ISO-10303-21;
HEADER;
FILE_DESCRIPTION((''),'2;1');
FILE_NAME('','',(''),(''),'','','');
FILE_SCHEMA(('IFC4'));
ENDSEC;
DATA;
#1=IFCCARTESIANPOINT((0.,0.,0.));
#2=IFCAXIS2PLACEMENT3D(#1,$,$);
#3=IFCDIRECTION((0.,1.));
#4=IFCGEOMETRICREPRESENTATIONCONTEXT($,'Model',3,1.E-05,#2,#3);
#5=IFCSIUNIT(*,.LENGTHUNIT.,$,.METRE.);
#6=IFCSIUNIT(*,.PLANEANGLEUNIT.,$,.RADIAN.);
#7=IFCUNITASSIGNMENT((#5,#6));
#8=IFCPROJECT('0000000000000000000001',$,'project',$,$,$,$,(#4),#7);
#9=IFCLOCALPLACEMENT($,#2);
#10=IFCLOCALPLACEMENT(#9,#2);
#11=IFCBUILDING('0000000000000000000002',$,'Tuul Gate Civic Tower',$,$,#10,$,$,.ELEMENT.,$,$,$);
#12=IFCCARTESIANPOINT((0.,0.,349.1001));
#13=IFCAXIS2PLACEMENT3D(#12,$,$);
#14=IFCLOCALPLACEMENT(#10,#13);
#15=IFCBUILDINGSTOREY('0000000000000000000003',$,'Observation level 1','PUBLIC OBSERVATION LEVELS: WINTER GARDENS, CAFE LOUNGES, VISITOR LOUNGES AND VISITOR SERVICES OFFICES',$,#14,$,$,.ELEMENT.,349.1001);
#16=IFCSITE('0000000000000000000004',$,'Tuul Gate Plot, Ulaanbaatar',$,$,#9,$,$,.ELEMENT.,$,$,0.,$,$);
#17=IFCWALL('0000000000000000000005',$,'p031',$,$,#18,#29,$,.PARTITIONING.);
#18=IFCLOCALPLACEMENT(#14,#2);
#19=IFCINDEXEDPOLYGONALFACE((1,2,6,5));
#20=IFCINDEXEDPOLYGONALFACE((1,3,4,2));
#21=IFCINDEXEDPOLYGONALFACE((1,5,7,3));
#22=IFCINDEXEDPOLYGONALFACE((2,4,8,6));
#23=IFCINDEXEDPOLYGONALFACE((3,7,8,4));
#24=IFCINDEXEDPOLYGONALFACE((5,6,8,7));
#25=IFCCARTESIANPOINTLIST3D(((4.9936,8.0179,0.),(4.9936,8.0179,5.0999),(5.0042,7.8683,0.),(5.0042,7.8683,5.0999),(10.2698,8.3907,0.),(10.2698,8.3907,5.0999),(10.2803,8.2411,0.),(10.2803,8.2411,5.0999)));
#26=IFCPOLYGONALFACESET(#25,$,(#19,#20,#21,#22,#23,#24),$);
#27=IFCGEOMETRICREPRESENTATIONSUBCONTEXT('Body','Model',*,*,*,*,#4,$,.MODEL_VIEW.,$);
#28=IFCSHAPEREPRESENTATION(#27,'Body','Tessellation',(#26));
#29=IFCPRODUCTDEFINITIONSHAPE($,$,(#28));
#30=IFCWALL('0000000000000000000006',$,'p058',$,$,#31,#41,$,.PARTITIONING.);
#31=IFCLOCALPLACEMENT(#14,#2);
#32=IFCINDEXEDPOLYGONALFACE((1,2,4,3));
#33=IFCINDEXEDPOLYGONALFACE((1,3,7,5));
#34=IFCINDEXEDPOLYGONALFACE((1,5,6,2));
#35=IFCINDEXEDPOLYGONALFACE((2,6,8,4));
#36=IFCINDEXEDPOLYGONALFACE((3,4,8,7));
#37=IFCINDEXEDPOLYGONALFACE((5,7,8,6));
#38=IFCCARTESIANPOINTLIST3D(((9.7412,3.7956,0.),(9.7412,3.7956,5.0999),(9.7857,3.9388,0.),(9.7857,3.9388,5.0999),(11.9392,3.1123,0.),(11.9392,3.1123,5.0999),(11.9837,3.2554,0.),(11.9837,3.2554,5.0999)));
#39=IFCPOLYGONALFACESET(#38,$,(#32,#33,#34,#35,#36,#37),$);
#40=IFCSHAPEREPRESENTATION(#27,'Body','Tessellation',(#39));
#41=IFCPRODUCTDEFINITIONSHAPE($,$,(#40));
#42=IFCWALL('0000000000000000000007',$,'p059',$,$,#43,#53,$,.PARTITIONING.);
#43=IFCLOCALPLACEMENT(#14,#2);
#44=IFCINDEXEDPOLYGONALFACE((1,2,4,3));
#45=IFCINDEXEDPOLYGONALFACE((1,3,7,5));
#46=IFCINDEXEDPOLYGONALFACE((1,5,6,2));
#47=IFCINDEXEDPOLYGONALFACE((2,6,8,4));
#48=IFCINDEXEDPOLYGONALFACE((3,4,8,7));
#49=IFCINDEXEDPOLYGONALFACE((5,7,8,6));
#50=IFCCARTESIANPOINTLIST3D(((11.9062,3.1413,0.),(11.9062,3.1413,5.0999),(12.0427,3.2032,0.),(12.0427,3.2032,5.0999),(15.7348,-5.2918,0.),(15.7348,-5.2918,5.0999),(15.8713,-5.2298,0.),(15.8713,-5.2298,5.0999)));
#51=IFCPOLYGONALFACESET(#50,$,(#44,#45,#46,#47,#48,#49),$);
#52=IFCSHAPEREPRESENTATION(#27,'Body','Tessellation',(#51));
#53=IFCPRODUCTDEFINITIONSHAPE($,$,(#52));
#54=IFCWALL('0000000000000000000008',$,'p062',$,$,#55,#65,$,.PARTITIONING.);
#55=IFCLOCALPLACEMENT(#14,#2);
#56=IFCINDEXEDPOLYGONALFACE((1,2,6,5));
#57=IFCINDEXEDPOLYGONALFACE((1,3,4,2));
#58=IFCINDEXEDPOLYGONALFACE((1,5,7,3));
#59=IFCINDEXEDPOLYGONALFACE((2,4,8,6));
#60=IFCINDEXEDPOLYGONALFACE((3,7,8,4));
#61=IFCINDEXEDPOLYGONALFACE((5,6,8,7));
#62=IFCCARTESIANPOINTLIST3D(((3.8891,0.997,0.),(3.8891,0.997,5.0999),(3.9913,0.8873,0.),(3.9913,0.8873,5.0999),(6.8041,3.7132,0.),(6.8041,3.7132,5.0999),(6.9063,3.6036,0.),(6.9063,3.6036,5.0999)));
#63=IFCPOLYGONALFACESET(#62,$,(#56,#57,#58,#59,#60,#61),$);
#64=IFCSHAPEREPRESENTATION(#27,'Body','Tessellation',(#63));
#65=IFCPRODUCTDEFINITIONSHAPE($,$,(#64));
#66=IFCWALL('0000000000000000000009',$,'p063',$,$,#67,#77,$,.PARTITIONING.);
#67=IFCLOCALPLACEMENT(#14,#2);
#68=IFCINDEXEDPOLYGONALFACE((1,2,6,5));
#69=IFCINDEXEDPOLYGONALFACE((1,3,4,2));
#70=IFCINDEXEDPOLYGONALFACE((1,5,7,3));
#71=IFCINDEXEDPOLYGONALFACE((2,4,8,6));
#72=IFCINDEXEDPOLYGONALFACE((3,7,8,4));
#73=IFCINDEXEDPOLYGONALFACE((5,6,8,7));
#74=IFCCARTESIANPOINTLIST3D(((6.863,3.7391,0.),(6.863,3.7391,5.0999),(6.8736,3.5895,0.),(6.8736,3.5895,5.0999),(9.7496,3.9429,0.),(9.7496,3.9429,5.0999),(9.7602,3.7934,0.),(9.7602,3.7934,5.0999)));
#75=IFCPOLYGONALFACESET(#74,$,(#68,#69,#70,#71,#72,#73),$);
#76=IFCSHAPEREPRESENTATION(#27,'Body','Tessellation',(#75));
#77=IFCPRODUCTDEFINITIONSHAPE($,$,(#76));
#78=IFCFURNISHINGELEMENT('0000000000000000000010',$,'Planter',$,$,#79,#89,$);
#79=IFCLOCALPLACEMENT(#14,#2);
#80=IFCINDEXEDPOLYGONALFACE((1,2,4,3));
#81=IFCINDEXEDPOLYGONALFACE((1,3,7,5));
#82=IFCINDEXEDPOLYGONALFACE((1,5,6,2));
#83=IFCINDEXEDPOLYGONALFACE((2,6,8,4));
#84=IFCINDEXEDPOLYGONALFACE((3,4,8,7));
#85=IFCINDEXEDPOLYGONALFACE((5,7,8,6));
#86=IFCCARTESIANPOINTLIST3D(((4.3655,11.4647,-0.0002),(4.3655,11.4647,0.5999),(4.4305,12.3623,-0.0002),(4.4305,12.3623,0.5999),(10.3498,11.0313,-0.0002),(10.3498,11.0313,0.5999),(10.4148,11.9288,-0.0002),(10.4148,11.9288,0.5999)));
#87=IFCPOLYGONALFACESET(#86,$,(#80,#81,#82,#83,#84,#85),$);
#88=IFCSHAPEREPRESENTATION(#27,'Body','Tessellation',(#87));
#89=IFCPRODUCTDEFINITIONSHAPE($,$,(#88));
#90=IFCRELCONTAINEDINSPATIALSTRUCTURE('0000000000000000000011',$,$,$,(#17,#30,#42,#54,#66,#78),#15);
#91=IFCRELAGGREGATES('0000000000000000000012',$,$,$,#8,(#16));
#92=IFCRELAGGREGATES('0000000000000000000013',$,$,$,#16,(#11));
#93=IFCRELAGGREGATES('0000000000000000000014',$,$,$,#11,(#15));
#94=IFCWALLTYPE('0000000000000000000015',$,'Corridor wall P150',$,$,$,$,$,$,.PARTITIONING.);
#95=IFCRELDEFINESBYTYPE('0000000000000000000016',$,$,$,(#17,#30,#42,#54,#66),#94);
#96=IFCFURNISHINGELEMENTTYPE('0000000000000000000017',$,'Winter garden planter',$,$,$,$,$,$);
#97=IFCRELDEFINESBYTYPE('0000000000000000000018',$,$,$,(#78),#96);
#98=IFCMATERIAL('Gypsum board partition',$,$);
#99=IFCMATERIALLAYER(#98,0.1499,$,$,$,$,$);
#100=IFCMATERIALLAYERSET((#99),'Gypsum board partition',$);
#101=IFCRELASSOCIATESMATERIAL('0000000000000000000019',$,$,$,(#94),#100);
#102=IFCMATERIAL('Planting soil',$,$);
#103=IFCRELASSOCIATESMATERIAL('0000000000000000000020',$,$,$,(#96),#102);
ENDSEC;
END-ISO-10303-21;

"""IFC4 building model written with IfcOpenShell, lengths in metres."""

from ifc_helpers import new_model, si_unit, direction, frame, frame_2d, origin, origin_2d, place, context, subcontext, project, spatial, rectangle, extrude, material, layer, layer_set, type_object, element, save


model = new_model("IFC4")

# Units and contexts
model_context = context("Model", 3, precision=1e-05, world=origin(), true_north=direction((0.0, 1.0)))
body_context = subcontext(model_context, "Body", "Model", "MODEL_VIEW")
ifc_project = project(units=[si_unit("LENGTHUNIT", "METRE"), si_unit("PLANEANGLEUNIT", "RADIAN")], contexts=[model_context])

# Site, building, storey
site_placement = place(None, origin())
site = spatial("IfcSite", under=ifc_project, at=site_placement, Name="Tuul Gate Plot, Ulaanbaatar", CompositionType="ELEMENT", RefElevation=0.0)
building_placement = place(site_placement, origin())
building = spatial("IfcBuilding", under=site, at=building_placement, Name="Tuul Gate Civic Tower", CompositionType="ELEMENT")
storey_placement = place(building_placement, frame((0.0, 0.0, 349.1001)))
storey = spatial("IfcBuildingStorey", under=building, at=storey_placement, Name="Observation level 1", Description="PUBLIC OBSERVATION LEVELS: WINTER GARDENS, CAFE LOUNGES, VISITOR LOUNGES AND VISITOR SERVICES OFFICES", CompositionType="ELEMENT", Elevation=349.1001)

# Walls
ifc_material_1 = material(Name="Gypsum board partition")
ifc_layer_1 = layer(ifc_material_1, 0.1499)
ifc_layer_set_1 = layer_set([ifc_layer_1], Name="Gypsum board partition")
wall_type_1 = type_object("IfcWallType", Name="Corridor wall P150", PredefinedType="PARTITIONING", material=ifc_layer_set_1)
wall_1_placement = place(storey_placement, frame((4.999, 7.9431, 0.0), z_axis=(0.0, 0.0, 1.0), x_axis=(0.997513, 0.070483, 0.0)))
element("IfcWall", 1, at=wall_1_placement, inside=storey, type_object=wall_type_1, Name="p031", PredefinedType="PARTITIONING", context=body_context, shape_type="SweptSolid", body=[
    extrude(rectangle(XDim=5.2893, YDim=0.1499, at=frame_2d((2.6445, 0.0))), origin(), (0.0, 0.0, 1.0), 5.0999),
])
wall_2_placement = place(storey_placement, frame((9.7634, 3.8672, 0.0), z_axis=(0.0, 0.0, 1.0), x_axis=(0.954915, -0.29688, 0.0)))
element("IfcWall", 2, at=wall_2_placement, inside=storey, type_object=wall_type_1, Name="p058", PredefinedType="PARTITIONING", context=body_context, shape_type="SweptSolid", body=[
    extrude(rectangle(XDim=2.3018, YDim=0.1499, at=frame_2d((1.1509, 0.0))), origin(), (0.0, 0.0, 1.0), 5.0999),
])
wall_3_placement = place(storey_placement, frame((11.9744, 3.1724, 0.0), z_axis=(0.0, 0.0, 1.0), x_axis=(0.41339, -0.910554, 0.0)))
element("IfcWall", 3, at=wall_3_placement, inside=storey, type_object=wall_type_1, Name="p059", PredefinedType="PARTITIONING", context=body_context, shape_type="SweptSolid", body=[
    extrude(rectangle(XDim=9.2615, YDim=0.1499, at=frame_2d((4.6309, 0.0))), origin(), (0.0, 0.0, 1.0), 5.0999),
])
wall_4_placement = place(storey_placement, frame((3.9402, 0.9421, 0.0), z_axis=(0.0, 0.0, 1.0), x_axis=(0.731605, 0.681729, 0.0)))
element("IfcWall", 4, at=wall_4_placement, inside=storey, type_object=wall_type_1, Name="p062", PredefinedType="PARTITIONING", context=body_context, shape_type="SweptSolid", body=[
    extrude(rectangle(XDim=3.9844, YDim=0.1499, at=frame_2d((1.9922, 0.0))), origin(), (0.0, 0.0, 1.0), 5.0999),
])
wall_5_placement = place(storey_placement, frame((6.8684, 3.6643, 0.0), z_axis=(0.0, 0.0, 1.0), x_axis=(0.997516, 0.070444, 0.0)))
element("IfcWall", 5, at=wall_5_placement, inside=storey, type_object=wall_type_1, Name="p063", PredefinedType="PARTITIONING", context=body_context, shape_type="SweptSolid", body=[
    extrude(rectangle(XDim=2.8938, YDim=0.1499, at=frame_2d((1.4468, 0.0))), origin(), (0.0, 0.0, 1.0), 5.0999),
])

# Furnishing element
ifc_material_2 = material(Name="Planting soil")
furnishing_element_type = type_object("IfcFurnishingElementType", Name="Winter garden planter", material=ifc_material_2)
furnishing_placement = place(storey_placement, frame((7.3901, 11.6968, -0.0002), z_axis=(0.0, 0.0, 1.0), x_axis=(-0.997387, 0.072239, 0.0)))
element("IfcFurnishingElement", 6, at=furnishing_placement, inside=storey, type_object=furnishing_element_type, Name="Planter", context=body_context, shape_type="SweptSolid", body=[
    extrude(rectangle(XDim=6.0, YDim=0.8999, at=origin_2d()), origin(), (0.0, 0.0, 1.0), 0.6001),
])

save(model, "model.ifc")
